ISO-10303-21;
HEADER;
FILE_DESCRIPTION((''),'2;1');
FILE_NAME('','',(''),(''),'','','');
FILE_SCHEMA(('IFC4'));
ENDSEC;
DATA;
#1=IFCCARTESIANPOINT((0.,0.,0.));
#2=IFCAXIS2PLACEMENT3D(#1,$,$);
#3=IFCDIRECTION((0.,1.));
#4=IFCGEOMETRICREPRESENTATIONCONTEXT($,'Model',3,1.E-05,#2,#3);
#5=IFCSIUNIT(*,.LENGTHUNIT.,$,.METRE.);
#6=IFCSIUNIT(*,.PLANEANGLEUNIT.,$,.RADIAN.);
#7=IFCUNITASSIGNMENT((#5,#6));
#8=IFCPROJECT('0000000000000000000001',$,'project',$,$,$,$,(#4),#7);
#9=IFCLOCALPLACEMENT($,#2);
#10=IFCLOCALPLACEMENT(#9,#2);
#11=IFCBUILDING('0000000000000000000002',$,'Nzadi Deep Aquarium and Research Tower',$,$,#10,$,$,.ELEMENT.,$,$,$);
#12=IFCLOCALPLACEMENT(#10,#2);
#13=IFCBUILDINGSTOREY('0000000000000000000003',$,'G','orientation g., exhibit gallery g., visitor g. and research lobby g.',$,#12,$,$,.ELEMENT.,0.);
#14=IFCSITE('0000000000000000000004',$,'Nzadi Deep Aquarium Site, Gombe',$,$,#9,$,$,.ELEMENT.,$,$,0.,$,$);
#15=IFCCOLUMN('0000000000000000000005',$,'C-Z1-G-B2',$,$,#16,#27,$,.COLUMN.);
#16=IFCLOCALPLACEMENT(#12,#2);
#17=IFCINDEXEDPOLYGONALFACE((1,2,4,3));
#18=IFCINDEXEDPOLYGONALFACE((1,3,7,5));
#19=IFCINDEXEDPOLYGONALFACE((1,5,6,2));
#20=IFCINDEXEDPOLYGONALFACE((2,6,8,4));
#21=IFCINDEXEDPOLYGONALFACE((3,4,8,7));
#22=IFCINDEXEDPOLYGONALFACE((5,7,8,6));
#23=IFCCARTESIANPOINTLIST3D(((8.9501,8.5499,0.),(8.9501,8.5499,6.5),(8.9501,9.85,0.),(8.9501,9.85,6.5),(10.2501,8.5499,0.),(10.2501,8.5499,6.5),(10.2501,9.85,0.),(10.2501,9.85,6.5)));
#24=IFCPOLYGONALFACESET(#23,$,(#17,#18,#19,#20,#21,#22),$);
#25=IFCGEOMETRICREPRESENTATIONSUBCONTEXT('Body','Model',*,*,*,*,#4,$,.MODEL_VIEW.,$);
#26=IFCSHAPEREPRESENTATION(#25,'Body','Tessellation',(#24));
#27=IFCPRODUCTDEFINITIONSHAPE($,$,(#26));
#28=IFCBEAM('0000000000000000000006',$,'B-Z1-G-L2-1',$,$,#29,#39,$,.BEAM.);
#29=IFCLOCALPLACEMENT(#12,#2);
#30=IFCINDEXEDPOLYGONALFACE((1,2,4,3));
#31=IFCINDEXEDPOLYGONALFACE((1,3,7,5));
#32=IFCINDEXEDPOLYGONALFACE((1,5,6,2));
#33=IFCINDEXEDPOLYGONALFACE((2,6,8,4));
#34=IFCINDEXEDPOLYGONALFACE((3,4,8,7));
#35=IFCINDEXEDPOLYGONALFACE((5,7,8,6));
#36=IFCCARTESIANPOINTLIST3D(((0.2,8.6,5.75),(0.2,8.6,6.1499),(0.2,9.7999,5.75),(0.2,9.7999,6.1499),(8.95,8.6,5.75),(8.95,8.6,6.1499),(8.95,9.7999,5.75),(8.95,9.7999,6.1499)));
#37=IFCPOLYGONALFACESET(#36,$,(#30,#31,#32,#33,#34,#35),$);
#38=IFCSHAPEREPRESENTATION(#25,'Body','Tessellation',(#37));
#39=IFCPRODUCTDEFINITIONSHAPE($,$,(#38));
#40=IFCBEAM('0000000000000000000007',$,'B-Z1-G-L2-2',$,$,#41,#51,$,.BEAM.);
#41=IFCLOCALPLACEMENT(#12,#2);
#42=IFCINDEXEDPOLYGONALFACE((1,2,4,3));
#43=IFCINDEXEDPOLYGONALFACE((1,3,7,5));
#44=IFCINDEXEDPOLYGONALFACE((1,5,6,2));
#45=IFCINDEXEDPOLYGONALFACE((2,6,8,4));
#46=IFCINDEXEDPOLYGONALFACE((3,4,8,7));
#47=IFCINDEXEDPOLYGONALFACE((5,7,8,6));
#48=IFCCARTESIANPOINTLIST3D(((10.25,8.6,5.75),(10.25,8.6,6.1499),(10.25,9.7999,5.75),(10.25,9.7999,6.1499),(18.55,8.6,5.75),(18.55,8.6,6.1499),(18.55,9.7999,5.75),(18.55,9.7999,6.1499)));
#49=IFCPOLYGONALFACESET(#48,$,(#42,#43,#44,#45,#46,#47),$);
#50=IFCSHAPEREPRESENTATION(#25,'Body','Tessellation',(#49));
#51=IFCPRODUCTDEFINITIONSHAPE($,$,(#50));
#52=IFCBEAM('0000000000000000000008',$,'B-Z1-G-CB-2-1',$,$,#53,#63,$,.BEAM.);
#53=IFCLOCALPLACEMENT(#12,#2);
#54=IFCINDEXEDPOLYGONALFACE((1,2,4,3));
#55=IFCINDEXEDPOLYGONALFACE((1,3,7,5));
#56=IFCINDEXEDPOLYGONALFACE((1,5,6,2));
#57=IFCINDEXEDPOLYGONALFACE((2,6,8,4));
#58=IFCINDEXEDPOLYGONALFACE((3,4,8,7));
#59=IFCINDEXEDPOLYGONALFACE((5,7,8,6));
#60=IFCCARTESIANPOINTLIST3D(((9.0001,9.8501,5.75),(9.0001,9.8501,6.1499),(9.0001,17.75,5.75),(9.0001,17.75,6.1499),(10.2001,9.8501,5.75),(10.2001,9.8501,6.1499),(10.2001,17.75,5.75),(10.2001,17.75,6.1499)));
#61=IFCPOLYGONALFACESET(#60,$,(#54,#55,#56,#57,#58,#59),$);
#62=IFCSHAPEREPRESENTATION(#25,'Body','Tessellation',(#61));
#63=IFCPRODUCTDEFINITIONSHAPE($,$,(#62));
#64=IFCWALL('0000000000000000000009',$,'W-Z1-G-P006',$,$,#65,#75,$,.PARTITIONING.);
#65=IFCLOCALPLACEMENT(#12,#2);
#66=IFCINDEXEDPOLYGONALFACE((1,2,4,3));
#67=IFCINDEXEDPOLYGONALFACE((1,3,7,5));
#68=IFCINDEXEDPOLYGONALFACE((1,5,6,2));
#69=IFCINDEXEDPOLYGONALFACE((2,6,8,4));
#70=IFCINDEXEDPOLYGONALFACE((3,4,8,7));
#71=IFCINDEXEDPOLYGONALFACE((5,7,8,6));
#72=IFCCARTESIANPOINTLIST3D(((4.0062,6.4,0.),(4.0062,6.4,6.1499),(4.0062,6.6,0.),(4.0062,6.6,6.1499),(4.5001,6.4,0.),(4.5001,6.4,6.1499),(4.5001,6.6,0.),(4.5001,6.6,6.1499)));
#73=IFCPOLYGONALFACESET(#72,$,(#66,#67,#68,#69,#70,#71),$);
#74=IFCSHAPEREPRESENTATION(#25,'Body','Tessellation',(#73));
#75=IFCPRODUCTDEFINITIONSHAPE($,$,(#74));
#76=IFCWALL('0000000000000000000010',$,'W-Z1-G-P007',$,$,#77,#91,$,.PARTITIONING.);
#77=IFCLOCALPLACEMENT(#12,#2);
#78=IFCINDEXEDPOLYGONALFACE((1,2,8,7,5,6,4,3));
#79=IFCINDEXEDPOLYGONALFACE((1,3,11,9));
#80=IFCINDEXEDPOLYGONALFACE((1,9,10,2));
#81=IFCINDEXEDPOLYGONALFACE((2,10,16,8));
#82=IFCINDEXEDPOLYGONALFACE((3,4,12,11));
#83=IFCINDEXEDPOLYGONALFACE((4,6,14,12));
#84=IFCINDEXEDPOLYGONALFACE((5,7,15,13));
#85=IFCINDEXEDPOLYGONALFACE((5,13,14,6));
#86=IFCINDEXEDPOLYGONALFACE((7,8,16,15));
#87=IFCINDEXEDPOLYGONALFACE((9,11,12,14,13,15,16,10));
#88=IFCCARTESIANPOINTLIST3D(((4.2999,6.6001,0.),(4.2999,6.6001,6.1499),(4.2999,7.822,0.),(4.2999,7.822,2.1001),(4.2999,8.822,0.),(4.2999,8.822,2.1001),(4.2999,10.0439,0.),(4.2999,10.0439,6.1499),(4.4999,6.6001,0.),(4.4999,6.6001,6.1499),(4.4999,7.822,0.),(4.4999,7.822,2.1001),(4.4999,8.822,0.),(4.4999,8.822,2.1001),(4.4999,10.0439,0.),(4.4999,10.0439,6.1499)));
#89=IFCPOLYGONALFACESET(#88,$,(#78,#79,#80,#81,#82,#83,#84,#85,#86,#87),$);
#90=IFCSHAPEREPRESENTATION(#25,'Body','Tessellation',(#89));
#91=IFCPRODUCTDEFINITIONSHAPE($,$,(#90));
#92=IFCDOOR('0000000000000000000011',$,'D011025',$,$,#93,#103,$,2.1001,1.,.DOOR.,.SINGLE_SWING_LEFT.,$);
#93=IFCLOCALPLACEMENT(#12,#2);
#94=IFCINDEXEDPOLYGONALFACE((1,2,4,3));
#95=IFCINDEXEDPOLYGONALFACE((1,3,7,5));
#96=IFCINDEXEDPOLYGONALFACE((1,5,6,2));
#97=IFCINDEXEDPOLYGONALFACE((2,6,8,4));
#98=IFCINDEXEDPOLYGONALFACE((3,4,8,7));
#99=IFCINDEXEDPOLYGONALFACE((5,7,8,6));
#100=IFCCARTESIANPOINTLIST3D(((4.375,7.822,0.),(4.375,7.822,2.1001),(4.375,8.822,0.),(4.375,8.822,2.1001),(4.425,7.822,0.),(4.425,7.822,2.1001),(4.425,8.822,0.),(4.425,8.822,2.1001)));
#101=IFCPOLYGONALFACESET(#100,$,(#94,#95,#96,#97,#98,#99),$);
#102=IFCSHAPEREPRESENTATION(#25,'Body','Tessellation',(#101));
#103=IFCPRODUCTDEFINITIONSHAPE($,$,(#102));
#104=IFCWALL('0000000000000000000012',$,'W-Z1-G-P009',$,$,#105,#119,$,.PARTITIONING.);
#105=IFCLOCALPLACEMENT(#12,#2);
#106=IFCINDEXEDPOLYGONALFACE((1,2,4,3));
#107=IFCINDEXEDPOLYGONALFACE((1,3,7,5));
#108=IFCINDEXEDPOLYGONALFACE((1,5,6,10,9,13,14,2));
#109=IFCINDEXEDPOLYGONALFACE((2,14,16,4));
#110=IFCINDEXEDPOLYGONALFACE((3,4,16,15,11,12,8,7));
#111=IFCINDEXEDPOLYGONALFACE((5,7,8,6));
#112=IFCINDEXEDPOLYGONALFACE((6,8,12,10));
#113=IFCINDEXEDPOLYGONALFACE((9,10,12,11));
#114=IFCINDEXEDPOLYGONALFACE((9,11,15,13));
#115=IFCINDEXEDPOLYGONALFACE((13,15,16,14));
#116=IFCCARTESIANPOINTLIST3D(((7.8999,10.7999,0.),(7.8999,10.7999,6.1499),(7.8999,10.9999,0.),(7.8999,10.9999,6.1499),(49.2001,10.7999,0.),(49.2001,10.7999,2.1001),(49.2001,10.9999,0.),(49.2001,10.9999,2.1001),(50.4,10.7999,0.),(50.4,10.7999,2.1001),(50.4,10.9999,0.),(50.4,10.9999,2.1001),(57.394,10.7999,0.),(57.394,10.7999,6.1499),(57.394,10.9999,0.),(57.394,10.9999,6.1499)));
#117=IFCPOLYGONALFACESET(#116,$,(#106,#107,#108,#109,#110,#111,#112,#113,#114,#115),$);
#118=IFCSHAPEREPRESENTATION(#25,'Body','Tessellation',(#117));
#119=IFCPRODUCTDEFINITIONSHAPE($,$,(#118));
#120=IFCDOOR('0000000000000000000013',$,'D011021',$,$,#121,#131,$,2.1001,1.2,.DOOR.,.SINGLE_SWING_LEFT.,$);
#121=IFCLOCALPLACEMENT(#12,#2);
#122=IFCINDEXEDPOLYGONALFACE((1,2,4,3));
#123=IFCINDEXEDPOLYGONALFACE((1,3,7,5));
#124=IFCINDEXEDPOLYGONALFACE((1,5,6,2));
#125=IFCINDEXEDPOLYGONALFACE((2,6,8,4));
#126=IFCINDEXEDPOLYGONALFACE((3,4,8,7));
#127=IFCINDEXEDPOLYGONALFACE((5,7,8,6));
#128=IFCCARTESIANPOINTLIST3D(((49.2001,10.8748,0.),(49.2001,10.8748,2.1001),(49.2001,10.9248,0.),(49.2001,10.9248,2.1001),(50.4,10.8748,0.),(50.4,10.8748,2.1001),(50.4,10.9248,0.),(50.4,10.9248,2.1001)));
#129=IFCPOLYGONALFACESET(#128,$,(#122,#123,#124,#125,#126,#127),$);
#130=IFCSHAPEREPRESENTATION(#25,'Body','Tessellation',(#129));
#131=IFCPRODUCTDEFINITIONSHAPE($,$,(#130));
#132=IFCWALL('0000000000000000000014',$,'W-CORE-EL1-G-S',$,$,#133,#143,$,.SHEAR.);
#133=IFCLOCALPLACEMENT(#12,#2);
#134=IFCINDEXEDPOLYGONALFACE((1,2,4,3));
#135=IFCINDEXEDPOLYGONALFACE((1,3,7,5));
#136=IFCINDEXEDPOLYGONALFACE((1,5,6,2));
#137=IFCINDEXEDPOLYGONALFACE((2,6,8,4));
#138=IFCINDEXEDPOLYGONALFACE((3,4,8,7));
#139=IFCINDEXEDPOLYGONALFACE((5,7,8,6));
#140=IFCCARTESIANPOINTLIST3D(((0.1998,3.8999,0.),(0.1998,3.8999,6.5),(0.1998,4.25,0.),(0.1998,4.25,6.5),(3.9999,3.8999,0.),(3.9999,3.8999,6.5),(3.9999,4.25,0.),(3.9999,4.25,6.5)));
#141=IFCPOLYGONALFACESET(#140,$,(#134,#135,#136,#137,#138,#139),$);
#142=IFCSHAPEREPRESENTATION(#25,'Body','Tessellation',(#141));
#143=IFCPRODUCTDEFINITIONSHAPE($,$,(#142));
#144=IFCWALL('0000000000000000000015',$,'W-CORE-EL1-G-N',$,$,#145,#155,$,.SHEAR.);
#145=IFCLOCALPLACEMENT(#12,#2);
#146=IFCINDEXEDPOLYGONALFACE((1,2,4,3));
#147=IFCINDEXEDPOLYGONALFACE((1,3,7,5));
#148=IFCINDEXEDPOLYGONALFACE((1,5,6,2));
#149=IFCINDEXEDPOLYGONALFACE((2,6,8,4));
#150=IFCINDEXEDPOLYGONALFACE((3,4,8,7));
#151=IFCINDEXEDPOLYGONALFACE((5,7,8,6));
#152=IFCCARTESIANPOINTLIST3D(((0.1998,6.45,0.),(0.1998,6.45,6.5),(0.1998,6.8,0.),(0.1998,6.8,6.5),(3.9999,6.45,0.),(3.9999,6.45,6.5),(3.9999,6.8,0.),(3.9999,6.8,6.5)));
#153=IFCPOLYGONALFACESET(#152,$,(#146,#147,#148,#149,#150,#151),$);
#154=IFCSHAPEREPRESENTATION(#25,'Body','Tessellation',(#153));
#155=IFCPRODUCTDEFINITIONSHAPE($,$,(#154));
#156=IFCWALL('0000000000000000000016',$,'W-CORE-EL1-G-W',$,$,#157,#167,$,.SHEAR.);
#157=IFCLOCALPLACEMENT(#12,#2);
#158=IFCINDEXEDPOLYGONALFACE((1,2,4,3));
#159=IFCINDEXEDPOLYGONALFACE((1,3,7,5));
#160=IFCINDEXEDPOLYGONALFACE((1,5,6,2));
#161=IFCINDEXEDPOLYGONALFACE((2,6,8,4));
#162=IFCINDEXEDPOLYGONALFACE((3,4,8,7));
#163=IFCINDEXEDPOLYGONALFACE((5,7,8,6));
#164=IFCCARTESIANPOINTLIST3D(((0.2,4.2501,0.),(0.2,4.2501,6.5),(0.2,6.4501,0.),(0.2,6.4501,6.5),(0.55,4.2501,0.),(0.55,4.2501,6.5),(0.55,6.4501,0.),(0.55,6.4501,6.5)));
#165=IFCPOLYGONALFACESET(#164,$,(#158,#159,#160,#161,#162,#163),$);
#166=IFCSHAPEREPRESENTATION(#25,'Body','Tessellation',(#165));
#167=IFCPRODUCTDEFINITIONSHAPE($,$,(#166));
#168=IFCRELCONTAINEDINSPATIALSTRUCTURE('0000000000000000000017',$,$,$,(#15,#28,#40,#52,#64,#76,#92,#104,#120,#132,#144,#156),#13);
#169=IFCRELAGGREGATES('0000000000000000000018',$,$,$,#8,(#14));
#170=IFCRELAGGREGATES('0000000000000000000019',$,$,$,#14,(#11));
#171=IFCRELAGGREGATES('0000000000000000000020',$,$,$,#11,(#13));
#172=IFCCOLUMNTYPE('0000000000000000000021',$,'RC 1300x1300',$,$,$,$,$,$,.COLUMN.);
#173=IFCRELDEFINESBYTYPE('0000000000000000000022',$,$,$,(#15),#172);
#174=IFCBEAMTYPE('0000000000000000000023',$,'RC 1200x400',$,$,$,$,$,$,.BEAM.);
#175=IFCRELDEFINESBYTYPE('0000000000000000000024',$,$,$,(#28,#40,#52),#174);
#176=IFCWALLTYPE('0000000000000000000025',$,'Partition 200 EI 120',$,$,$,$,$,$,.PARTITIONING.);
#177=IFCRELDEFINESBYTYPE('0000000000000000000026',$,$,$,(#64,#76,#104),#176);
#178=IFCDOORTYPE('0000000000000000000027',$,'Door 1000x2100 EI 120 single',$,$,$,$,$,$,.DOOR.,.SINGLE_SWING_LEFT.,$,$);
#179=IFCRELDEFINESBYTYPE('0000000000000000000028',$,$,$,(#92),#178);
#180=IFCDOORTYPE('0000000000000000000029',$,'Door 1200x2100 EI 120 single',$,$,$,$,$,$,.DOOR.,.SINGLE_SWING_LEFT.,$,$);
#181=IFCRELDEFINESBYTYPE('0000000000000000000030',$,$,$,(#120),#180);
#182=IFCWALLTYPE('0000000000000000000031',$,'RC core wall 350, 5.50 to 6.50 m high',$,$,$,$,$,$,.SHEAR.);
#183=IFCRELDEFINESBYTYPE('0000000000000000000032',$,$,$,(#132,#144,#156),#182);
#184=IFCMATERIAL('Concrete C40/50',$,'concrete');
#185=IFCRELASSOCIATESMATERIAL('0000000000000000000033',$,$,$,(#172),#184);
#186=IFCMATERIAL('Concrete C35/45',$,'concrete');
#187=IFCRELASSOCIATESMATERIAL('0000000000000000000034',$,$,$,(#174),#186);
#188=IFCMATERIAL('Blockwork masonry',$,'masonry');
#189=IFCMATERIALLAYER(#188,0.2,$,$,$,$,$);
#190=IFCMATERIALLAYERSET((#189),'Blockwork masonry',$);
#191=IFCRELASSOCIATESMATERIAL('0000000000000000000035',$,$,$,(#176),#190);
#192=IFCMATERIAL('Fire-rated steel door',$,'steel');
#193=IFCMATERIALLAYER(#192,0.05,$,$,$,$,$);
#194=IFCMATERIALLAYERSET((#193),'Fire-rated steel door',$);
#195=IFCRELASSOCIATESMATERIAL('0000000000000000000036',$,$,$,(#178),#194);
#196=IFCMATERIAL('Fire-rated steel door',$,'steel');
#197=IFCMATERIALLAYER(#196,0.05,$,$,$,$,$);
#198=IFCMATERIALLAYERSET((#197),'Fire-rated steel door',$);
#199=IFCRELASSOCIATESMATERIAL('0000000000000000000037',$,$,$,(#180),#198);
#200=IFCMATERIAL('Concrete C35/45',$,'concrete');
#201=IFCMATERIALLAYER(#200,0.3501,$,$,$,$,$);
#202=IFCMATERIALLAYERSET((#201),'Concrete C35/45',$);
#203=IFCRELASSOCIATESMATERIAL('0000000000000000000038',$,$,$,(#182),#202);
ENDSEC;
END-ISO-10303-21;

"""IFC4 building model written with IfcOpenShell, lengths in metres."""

from ifc_helpers import new_model, si_unit, direction, frame, frame_2d, origin, origin_2d, place, context, subcontext, project, spatial, rectangle, extrude, material, layer, layer_set, material_profile, profile_set, type_object, element, fill, save


model = new_model("IFC4")

# Units and contexts
model_context = context("Model", 3, precision=1e-05, world=origin(), true_north=direction((0.0, 1.0)))
body_context = subcontext(model_context, "Body", "Model", "MODEL_VIEW")
ifc_project = project(units=[si_unit("LENGTHUNIT", "METRE"), si_unit("PLANEANGLEUNIT", "RADIAN")], contexts=[model_context])

# Site, building, storey
site_placement = place(None, origin())
site = spatial("IfcSite", under=ifc_project, at=site_placement, Name="Nzadi Deep Aquarium Site, Gombe", CompositionType="ELEMENT", RefElevation=0.0)
building_placement = place(site_placement, origin())
building = spatial("IfcBuilding", under=site, at=building_placement, Name="Nzadi Deep Aquarium and Research Tower", CompositionType="ELEMENT")
storey_placement = place(building_placement, origin())
storey = spatial("IfcBuildingStorey", under=building, at=storey_placement, Name="G", Description="orientation g., exhibit gallery g., visitor g. and research lobby g.", CompositionType="ELEMENT", Elevation=0.0)

# Column
ifc_material_1 = material(Name="Concrete C40/50", Category="concrete")
ifc_material_profile_1 = material_profile(ifc_material_1, rectangle(XDim=1.3, YDim=1.3, at=origin_2d()))
ifc_profile_set_1 = profile_set([ifc_material_profile_1], Name="Concrete C40/50")
column_type = type_object("IfcColumnType", Name="RC 1300x1300", PredefinedType="COLUMN", material=ifc_profile_set_1)
column_placement = place(storey_placement, frame((9.6001, 9.2, 0.0), z_axis=(0.0, 0.0, 1.0), x_axis=(1.0, 0.0, 0.0)))
element("IfcColumn", 1, at=column_placement, inside=storey, type_object=column_type, Name="C-Z1-G-B2", PredefinedType="COLUMN", context=body_context, shape_type="SweptSolid", body=[
    extrude(rectangle(XDim=1.3, YDim=1.3, at=origin_2d()), origin(), (0.0, 0.0, 1.0), 6.5),
])

# Beams
ifc_material_2 = material(Name="Concrete C35/45", Category="concrete")
ifc_material_profile_2 = material_profile(ifc_material_2, rectangle(XDim=1.2, YDim=0.3999, at=origin_2d()))
ifc_profile_set_2 = profile_set([ifc_material_profile_2], Name="Concrete C35/45")
beam_type = type_object("IfcBeamType", Name="RC 1200x400", PredefinedType="BEAM", material=ifc_profile_set_2)
beam_1_placement = place(storey_placement, frame((0.2, 9.2, 5.95), z_axis=(1.0, 0.0, 0.0), x_axis=(0.0, 1.0, 0.0)))
element("IfcBeam", 2, at=beam_1_placement, inside=storey, type_object=beam_type, Name="B-Z1-G-L2-1", PredefinedType="BEAM", context=body_context, shape_type="SweptSolid", body=[
    extrude(rectangle(XDim=1.2, YDim=0.3999, at=origin_2d()), origin(), (0.0, 0.0, 1.0), 8.75),
])
beam_2_placement = place(storey_placement, frame((10.25, 9.2, 5.95), z_axis=(1.0, 0.0, 0.0), x_axis=(0.0, 1.0, 0.0)))
element("IfcBeam", 3, at=beam_2_placement, inside=storey, type_object=beam_type, Name="B-Z1-G-L2-2", PredefinedType="BEAM", context=body_context, shape_type="SweptSolid", body=[
    extrude(rectangle(XDim=1.2, YDim=0.3999, at=origin_2d()), origin(), (0.0, 0.0, 1.0), 8.3),
])
beam_3_placement = place(storey_placement, frame((9.6001, 9.8501, 5.95), z_axis=(0.0, 1.0, 0.0), x_axis=(-1.0, 0.0, 0.0)))
element("IfcBeam", 4, at=beam_3_placement, inside=storey, type_object=beam_type, Name="B-Z1-G-CB-2-1", PredefinedType="BEAM", context=body_context, shape_type="SweptSolid", body=[
    extrude(rectangle(XDim=1.2, YDim=0.3999, at=origin_2d()), origin(), (0.0, 0.0, 1.0), 7.8999),
])

# Wall
ifc_material_3 = material(Name="Blockwork masonry", Category="masonry")
ifc_layer_1 = layer(ifc_material_3, 0.2)
ifc_layer_set_1 = layer_set([ifc_layer_1], Name="Blockwork masonry")
wall_type_1 = type_object("IfcWallType", Name="Partition 200 EI 120", PredefinedType="PARTITIONING", material=ifc_layer_set_1)
wall_1_placement = place(storey_placement, frame((4.0061, 6.5, 0.0), z_axis=(0.0, 0.0, 1.0), x_axis=(1.0, 0.0, 0.0)))
element("IfcWall", 5, at=wall_1_placement, inside=storey, type_object=wall_type_1, Name="W-Z1-G-P006", PredefinedType="PARTITIONING", context=body_context, shape_type="SweptSolid", body=[
    extrude(rectangle(XDim=0.4939, YDim=0.2, at=frame_2d((0.2471, 0.0))), origin(), (0.0, 0.0, 1.0), 6.1499),
])

# Walls, openings, doors
wall_2_placement = place(storey_placement, frame((4.3999, 6.6001, 0.0), z_axis=(0.0, 0.0, 1.0), x_axis=(0.0, 1.0, 0.0)))
wall_2 = element("IfcWall", 6, at=wall_2_placement, inside=storey, type_object=wall_type_1, Name="W-Z1-G-P007", PredefinedType="PARTITIONING", context=body_context, shape_type="SweptSolid", body=[
    extrude(rectangle(XDim=3.4438, YDim=0.2, at=frame_2d((1.7219, 0.0))), origin(), (0.0, 0.0, 1.0), 6.1499),
])
opening_1_placement = place(wall_2_placement, frame((1.2219, 0.0, 0.0)))
opening_1 = element("IfcOpeningElement", 7, at=opening_1_placement, cuts=wall_2, PredefinedType="OPENING", context=body_context, shape_type="SweptSolid", body=[
    extrude(rectangle(XDim=1.0, YDim=2.1001, at=frame_2d((0.5, 1.05))), frame((0.0, 0.1101, 0.0), z_axis=(0.0, -1.0, 0.0), x_axis=(1.0, 0.0, 0.0)), (0.0, 0.0, 1.0), 0.2202),
])
ifc_material_4 = material(Name="Fire-rated steel door", Category="steel")
ifc_layer_2 = layer(ifc_material_4, 0.05)
ifc_layer_set_2 = layer_set([ifc_layer_2], Name="Fire-rated steel door")
door_type_1 = type_object("IfcDoorType", Name="Door 1000x2100 EI 120 single", OperationType="SINGLE_SWING_LEFT", PredefinedType="DOOR", material=ifc_layer_set_2)
door_1_placement = place(opening_1_placement, origin())
door_1 = element("IfcDoor", 8, at=door_1_placement, inside=storey, type_object=door_type_1, Name="D011025", OperationType="SINGLE_SWING_LEFT", OverallHeight=2.1001, OverallWidth=1.0, PredefinedType="DOOR", context=body_context, shape_type="SweptSolid", body=[
    extrude(rectangle(XDim=1.0, YDim=2.1001, at=frame_2d((0.5, 1.05))), frame((0.0, 0.0249, 0.0), z_axis=(0.0, -1.0, 0.0), x_axis=(1.0, 0.0, 0.0)), (0.0, 0.0, 1.0), 0.05),
])
fill(opening_1, door_1)
wall_3_placement = place(storey_placement, frame((7.8999, 10.8999, 0.0), z_axis=(0.0, 0.0, 1.0), x_axis=(1.0, 0.0, 0.0)))
wall_3 = element("IfcWall", 9, at=wall_3_placement, inside=storey, type_object=wall_type_1, Name="W-Z1-G-P009", PredefinedType="PARTITIONING", context=body_context, shape_type="SweptSolid", body=[
    extrude(rectangle(XDim=49.4941, YDim=0.2, at=frame_2d((24.7471, 0.0))), origin(), (0.0, 0.0, 1.0), 6.1499),
])
opening_2_placement = place(wall_3_placement, frame((41.3, 0.0, 0.0)))
opening_2 = element("IfcOpeningElement", 10, at=opening_2_placement, cuts=wall_3, PredefinedType="OPENING", context=body_context, shape_type="SweptSolid", body=[
    extrude(rectangle(XDim=1.2, YDim=2.1001, at=frame_2d((0.6001, 1.05))), frame((0.0, 0.1101, 0.0), z_axis=(0.0, -1.0, 0.0), x_axis=(1.0, 0.0, 0.0)), (0.0, 0.0, 1.0), 0.2202),
])
ifc_material_5 = material(Name="Fire-rated steel door", Category="steel")
ifc_layer_3 = layer(ifc_material_5, 0.05)
ifc_layer_set_3 = layer_set([ifc_layer_3], Name="Fire-rated steel door")
door_type_2 = type_object("IfcDoorType", Name="Door 1200x2100 EI 120 single", OperationType="SINGLE_SWING_LEFT", PredefinedType="DOOR", material=ifc_layer_set_3)
door_2_placement = place(opening_2_placement, origin())
door_2 = element("IfcDoor", 11, at=door_2_placement, inside=storey, type_object=door_type_2, Name="D011021", OperationType="SINGLE_SWING_LEFT", OverallHeight=2.1001, OverallWidth=1.2, PredefinedType="DOOR", context=body_context, shape_type="SweptSolid", body=[
    extrude(rectangle(XDim=1.2, YDim=2.1001, at=frame_2d((0.6001, 1.05))), frame((0.0, 0.0249, 0.0), z_axis=(0.0, -1.0, 0.0), x_axis=(1.0, 0.0, 0.0)), (0.0, 0.0, 1.0), 0.05),
])
fill(opening_2, door_2)

# Walls
ifc_material_6 = material(Name="Concrete C35/45", Category="concrete")
ifc_layer_4 = layer(ifc_material_6, 0.3501)
ifc_layer_set_4 = layer_set([ifc_layer_4], Name="Concrete C35/45")
wall_type_2 = type_object("IfcWallType", Name="RC core wall 350, 5.50 to 6.50 m high", PredefinedType="SHEAR", material=ifc_layer_set_4)
for number, where, z_axis, x_axis, name in (
    (12, (0.2, 4.075, 0.0), (0.0, 0.0, 1.0), (1.0, 0.0, 0.0), "W-CORE-EL1-G-S"),
    (13, (0.2, 6.625, 0.0), (0.0, 0.0, 1.0), (1.0, 0.0, 0.0), "W-CORE-EL1-G-N"),
):
    element("IfcWall", number, at=place(storey_placement, frame(where, z_axis=z_axis, x_axis=x_axis)), inside=storey, type_object=wall_type_2, Name=name, PredefinedType="SHEAR", context=body_context, shape_type="SweptSolid", body=[
        extrude(rectangle(XDim=3.8, YDim=0.3501, at=frame_2d((1.8999, 0.0))), origin(), (0.0, 0.0, 1.0), 6.5),
    ])
wall_4_placement = place(storey_placement, frame((0.375, 4.25, 0.0), z_axis=(0.0, 0.0, 1.0), x_axis=(0.0, 1.0, 0.0)))
element("IfcWall", 14, at=wall_4_placement, inside=storey, type_object=wall_type_2, Name="W-CORE-EL1-G-W", PredefinedType="SHEAR", context=body_context, shape_type="SweptSolid", body=[
    extrude(rectangle(XDim=2.2, YDim=0.3501, at=frame_2d((1.1001, 0.0))), origin(), (0.0, 0.0, 1.0), 6.5),
])

save(model, "model.ifc")
